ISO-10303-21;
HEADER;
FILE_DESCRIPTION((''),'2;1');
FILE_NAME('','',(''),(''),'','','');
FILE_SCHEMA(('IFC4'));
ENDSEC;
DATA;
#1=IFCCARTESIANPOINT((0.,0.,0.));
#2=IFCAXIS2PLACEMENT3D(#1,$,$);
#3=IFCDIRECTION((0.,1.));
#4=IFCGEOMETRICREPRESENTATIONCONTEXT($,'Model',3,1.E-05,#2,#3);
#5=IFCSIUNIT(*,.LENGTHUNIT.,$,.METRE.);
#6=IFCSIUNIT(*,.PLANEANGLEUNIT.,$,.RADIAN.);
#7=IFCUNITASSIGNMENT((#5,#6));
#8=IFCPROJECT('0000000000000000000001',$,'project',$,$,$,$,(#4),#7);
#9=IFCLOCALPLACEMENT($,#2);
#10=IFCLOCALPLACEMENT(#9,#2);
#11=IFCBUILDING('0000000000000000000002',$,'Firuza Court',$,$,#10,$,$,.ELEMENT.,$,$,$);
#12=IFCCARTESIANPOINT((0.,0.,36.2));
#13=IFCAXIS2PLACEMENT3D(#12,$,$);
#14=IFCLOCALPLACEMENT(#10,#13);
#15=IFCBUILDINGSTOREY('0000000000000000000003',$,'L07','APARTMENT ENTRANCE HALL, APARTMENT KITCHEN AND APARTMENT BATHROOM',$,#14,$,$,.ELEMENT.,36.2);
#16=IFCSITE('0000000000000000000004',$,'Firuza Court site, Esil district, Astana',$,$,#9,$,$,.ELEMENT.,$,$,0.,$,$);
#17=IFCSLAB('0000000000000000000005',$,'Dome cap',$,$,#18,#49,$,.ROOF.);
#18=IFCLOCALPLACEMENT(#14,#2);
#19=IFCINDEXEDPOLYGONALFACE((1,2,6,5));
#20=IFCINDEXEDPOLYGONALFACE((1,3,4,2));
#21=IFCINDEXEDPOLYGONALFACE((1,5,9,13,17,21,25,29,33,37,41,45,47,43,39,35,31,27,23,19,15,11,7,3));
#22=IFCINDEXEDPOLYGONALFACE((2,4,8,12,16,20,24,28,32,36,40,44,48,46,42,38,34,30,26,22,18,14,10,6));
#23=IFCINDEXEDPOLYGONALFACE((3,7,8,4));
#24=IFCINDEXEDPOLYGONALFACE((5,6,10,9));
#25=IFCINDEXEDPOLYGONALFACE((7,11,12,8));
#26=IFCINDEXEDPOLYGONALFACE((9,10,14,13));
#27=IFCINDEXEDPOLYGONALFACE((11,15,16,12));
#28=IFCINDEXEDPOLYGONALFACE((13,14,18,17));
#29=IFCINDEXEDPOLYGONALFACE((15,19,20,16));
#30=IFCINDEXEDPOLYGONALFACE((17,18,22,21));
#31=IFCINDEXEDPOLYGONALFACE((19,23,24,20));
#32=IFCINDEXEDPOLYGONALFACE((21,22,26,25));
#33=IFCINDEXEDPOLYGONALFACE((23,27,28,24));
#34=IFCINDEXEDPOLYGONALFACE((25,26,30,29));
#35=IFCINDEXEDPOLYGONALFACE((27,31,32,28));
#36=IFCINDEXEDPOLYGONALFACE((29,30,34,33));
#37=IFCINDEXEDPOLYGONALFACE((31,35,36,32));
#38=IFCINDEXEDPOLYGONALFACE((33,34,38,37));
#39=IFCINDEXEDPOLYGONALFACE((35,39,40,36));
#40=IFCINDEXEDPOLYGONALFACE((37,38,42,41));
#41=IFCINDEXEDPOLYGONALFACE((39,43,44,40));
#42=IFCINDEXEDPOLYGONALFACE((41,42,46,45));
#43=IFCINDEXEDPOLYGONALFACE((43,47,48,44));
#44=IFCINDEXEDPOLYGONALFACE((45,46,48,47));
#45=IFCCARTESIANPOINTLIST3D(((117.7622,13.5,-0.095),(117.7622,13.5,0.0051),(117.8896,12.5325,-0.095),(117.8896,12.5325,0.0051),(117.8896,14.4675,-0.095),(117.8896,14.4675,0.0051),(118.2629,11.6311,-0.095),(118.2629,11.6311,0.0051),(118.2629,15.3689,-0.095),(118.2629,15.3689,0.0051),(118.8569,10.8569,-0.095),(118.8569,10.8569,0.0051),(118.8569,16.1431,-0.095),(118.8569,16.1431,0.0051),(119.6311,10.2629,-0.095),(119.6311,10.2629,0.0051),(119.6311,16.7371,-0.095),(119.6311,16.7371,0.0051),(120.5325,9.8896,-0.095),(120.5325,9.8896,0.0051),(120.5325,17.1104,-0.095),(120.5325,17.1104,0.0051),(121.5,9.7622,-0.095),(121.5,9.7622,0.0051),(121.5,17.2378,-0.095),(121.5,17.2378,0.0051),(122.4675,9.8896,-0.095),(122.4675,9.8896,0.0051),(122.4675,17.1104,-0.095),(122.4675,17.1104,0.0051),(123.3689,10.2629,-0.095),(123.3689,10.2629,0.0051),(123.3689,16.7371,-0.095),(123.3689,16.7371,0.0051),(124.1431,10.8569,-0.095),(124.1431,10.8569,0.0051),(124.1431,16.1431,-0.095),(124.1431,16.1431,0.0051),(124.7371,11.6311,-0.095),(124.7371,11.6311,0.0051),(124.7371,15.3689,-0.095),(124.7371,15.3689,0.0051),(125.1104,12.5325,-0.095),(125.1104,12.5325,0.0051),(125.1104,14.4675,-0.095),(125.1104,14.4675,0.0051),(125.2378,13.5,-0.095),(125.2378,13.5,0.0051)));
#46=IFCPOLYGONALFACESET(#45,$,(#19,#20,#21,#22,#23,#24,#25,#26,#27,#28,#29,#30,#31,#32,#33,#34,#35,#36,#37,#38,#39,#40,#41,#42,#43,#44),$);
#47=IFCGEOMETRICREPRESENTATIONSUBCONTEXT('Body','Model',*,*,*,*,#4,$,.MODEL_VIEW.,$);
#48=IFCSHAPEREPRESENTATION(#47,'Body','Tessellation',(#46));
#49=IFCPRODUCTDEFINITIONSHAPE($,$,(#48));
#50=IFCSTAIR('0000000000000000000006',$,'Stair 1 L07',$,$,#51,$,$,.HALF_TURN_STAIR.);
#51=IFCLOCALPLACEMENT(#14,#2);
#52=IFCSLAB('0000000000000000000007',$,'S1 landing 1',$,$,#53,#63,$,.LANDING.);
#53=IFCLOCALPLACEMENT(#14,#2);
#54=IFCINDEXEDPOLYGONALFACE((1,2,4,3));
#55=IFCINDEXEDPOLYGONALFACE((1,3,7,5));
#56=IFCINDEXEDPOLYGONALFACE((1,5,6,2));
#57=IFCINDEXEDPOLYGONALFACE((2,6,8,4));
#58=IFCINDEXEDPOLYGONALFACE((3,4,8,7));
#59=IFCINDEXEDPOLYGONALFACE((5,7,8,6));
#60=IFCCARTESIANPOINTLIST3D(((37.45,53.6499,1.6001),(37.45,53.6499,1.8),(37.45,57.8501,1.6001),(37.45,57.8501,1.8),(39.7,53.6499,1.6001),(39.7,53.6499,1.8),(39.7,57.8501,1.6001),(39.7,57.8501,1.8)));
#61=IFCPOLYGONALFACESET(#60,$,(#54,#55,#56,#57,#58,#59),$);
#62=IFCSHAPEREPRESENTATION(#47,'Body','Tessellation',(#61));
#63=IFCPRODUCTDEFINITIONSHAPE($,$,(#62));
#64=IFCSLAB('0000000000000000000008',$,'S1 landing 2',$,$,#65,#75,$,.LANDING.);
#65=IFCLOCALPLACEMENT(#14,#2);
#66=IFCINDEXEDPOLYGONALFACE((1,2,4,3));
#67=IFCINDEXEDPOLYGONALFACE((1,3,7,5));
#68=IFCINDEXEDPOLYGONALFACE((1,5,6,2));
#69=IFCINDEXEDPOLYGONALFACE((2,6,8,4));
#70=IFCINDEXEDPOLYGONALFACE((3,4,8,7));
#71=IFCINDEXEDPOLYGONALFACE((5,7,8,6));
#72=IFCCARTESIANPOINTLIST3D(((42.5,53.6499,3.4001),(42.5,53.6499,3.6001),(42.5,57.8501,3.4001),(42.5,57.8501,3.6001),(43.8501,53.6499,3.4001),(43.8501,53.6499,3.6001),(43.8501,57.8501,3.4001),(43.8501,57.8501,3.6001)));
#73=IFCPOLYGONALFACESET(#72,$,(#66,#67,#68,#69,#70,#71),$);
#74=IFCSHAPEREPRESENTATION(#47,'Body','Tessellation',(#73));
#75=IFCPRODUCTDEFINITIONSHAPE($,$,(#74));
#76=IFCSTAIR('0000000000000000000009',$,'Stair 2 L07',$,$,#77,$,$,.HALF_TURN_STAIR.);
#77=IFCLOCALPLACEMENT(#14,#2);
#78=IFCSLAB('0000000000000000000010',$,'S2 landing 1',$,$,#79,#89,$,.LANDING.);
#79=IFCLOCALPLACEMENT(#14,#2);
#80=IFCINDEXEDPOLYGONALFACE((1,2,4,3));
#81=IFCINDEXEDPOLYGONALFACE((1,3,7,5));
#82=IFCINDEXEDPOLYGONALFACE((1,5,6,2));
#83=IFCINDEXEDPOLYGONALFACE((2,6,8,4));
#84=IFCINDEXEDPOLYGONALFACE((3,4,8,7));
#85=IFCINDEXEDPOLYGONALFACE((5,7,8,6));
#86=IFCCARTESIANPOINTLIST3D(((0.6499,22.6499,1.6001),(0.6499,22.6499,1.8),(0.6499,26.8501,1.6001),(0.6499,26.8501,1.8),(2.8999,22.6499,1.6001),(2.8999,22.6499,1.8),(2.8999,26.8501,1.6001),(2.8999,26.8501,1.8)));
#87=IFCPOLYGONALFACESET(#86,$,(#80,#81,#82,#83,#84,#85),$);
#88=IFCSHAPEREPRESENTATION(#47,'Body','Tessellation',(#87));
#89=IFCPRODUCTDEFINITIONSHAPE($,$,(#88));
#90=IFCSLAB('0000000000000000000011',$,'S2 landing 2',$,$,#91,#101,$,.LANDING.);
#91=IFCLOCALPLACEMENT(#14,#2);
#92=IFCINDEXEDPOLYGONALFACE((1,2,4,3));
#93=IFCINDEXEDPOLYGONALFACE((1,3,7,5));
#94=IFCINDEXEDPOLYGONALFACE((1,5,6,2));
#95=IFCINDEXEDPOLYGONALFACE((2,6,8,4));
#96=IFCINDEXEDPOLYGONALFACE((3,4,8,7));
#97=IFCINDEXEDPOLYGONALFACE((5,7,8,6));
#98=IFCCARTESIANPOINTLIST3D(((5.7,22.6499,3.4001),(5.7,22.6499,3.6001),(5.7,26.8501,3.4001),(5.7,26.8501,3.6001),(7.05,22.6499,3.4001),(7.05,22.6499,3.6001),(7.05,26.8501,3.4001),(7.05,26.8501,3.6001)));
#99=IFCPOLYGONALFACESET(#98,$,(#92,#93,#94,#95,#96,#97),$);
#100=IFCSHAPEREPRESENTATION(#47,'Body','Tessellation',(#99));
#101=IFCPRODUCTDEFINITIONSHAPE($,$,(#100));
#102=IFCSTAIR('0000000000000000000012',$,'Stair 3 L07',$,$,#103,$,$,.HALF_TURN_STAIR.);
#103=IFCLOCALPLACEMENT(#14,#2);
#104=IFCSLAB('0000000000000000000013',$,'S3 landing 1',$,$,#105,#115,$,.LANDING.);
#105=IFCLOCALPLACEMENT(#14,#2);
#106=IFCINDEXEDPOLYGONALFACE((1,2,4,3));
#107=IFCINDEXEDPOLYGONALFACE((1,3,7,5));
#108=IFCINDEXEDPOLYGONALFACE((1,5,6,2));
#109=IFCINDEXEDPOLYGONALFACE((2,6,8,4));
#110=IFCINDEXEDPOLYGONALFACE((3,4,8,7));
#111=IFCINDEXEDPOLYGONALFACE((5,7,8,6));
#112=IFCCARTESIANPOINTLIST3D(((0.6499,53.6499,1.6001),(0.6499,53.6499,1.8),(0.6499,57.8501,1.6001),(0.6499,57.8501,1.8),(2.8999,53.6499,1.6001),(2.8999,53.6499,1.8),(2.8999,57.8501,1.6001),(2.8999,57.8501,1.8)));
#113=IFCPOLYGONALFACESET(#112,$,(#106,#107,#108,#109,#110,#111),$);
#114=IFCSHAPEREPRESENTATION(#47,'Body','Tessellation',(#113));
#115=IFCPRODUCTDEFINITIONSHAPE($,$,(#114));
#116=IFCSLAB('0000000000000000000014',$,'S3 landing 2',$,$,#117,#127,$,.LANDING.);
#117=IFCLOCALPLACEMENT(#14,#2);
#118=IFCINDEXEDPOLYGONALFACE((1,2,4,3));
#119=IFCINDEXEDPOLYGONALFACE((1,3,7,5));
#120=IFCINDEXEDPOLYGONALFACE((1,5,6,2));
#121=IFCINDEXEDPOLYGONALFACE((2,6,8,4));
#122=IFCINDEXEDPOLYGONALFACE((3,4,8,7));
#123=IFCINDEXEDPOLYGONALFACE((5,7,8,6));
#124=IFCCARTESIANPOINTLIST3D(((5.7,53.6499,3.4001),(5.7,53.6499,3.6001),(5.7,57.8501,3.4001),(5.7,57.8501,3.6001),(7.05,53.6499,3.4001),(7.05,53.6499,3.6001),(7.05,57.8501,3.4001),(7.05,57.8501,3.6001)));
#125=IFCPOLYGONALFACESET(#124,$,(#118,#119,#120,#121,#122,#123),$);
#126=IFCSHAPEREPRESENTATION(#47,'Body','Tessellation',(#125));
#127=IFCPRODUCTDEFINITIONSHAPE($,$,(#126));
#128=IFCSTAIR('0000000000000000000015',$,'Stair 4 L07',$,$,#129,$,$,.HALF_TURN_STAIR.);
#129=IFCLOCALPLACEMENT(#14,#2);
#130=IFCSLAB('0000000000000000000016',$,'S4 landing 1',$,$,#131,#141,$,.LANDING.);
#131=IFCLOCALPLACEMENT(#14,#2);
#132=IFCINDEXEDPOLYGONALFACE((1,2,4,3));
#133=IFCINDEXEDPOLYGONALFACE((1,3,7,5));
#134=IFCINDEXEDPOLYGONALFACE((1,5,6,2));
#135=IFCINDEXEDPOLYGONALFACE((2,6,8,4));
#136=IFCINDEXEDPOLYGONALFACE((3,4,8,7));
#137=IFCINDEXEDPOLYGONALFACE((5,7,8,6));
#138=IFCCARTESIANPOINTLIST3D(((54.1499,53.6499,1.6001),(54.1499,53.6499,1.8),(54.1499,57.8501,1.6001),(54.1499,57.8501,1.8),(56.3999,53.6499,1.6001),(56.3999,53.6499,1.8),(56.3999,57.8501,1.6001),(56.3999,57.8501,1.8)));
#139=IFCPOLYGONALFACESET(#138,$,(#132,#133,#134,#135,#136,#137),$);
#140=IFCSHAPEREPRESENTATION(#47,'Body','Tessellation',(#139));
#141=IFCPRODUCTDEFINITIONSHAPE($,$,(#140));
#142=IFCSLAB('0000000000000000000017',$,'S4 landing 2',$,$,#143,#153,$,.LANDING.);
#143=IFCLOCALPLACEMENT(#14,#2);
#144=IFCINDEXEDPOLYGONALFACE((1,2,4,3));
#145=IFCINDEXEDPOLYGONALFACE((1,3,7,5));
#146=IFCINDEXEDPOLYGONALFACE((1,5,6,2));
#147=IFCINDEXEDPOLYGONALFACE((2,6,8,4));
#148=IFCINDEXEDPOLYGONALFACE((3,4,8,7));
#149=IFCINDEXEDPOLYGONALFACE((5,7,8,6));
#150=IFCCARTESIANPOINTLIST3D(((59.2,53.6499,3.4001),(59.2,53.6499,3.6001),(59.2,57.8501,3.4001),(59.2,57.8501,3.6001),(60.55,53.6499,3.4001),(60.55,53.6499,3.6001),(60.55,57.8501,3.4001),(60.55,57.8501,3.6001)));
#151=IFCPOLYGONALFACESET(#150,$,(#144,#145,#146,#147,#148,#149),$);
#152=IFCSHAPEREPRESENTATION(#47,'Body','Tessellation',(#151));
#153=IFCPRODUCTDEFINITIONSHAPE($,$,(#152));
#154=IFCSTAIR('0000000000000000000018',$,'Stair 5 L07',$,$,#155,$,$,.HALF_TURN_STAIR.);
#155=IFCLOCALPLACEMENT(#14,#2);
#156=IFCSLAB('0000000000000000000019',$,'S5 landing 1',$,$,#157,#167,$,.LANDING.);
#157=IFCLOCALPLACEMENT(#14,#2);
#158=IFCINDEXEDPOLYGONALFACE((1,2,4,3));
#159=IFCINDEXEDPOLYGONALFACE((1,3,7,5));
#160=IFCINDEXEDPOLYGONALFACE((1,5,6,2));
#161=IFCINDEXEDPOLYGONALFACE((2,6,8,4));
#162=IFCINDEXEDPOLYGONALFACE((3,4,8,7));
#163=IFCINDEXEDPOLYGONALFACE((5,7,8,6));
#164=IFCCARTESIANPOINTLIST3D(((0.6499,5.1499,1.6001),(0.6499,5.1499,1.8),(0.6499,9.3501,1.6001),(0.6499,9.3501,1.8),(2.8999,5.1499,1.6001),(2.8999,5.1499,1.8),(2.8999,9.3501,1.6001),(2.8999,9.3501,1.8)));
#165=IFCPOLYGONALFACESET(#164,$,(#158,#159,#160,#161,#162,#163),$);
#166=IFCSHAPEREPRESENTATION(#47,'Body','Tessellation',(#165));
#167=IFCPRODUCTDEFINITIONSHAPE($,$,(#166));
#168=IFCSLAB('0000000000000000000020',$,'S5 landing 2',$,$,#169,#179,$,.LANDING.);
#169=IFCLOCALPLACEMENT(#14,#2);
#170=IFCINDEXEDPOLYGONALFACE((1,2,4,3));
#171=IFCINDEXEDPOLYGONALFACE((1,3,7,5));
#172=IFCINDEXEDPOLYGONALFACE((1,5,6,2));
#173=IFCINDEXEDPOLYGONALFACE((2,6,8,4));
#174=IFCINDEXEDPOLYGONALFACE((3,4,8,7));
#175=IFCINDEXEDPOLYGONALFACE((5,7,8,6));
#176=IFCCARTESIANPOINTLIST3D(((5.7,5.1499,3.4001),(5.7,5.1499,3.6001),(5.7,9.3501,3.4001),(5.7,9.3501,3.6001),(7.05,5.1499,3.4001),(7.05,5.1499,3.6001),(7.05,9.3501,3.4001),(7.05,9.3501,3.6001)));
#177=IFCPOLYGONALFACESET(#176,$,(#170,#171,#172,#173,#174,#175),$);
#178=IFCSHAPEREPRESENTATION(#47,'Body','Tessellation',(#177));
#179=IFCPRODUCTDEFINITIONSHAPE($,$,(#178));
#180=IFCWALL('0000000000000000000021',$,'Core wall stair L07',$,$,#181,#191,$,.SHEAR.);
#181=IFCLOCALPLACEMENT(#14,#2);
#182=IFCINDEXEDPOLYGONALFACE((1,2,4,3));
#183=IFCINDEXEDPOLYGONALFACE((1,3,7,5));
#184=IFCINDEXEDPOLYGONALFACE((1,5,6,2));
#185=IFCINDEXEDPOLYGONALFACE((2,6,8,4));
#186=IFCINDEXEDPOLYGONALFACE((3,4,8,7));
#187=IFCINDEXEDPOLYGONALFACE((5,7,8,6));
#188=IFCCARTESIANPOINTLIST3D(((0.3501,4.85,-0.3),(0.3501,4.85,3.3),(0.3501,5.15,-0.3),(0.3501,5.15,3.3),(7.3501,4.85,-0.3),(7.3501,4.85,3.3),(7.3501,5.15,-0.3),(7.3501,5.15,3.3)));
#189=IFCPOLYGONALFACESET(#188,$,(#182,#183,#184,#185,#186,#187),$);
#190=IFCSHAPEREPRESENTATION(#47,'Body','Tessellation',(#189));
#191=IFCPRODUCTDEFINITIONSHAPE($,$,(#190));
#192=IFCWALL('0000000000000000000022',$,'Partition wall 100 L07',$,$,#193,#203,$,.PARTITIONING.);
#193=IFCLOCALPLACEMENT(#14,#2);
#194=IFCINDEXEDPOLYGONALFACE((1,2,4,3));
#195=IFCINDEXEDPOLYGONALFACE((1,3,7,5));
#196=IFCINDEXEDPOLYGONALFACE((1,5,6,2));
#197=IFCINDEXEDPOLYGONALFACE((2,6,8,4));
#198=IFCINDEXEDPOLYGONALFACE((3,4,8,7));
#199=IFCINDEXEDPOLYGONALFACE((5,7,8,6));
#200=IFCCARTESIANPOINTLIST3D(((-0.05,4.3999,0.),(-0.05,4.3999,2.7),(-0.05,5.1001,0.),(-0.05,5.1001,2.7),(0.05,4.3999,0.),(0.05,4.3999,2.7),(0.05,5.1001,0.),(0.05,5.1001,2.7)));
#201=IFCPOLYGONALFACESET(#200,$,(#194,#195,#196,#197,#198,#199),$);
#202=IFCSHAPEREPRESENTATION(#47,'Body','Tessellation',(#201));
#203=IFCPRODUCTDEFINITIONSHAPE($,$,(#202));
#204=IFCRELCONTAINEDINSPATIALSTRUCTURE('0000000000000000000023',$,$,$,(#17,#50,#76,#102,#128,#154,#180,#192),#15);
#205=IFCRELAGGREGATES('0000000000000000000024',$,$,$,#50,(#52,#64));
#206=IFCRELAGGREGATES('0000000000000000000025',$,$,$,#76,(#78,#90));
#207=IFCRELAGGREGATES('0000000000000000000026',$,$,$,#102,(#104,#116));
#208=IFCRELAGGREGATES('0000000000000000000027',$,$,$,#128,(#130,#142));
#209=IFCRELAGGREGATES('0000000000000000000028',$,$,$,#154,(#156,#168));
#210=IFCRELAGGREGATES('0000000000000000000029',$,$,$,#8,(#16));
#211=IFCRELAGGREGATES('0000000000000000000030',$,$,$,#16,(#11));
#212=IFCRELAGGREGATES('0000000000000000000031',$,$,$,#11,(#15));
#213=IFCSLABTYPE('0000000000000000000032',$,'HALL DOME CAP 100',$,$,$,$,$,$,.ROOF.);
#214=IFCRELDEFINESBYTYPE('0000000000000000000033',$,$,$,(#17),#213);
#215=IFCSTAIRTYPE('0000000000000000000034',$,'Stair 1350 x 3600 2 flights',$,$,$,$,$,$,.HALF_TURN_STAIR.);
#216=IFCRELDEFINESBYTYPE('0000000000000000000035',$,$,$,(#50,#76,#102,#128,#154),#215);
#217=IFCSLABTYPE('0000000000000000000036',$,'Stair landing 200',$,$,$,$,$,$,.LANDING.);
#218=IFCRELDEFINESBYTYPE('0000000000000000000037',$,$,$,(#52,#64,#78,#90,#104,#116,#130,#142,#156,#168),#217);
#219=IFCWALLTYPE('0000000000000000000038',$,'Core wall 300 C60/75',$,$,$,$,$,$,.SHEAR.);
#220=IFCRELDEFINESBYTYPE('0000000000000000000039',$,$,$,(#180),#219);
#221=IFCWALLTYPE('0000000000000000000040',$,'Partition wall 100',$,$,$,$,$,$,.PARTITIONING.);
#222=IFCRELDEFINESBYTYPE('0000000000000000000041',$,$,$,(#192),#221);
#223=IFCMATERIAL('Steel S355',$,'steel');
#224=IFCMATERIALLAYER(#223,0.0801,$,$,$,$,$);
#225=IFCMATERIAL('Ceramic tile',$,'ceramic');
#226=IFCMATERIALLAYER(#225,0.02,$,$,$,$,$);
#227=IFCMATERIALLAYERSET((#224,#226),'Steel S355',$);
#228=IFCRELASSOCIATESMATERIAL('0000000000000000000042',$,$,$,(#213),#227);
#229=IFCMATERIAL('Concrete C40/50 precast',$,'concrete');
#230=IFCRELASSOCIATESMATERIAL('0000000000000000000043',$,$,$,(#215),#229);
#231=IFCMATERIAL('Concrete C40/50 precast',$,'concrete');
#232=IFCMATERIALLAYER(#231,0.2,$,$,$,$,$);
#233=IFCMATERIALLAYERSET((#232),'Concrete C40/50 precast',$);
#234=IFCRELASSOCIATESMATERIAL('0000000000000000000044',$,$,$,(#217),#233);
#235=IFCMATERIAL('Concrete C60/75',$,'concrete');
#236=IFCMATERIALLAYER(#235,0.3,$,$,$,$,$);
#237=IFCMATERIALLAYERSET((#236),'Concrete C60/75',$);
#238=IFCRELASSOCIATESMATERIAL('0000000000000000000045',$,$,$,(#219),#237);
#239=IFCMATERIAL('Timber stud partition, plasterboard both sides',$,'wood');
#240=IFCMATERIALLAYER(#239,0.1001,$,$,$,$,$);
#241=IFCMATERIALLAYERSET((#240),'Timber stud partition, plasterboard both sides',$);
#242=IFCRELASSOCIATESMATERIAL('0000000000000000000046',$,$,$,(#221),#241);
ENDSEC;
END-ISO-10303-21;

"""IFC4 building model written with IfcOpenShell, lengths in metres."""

from ifc_helpers import new_model, si_unit, direction, frame, frame_2d, origin, place, context, subcontext, project, spatial, polyline, rectangle, outline, extrude, material, layer, layer_set, type_object, element, aggregate, save


model = new_model("IFC4")

# Units and contexts
model_context = context("Model", 3, precision=1e-05, world=origin(), true_north=direction((0.0, 1.0)))
body_context = subcontext(model_context, "Body", "Model", "MODEL_VIEW")
ifc_project = project(units=[si_unit("LENGTHUNIT", "METRE"), si_unit("PLANEANGLEUNIT", "RADIAN")], contexts=[model_context])

# Site, building, storey
site_placement = place(None, origin())
site = spatial("IfcSite", under=ifc_project, at=site_placement, Name="Firuza Court site, Esil district, Astana", CompositionType="ELEMENT", RefElevation=0.0)
building_placement = place(site_placement, origin())
building = spatial("IfcBuilding", under=site, at=building_placement, Name="Firuza Court", CompositionType="ELEMENT")
storey_placement = place(building_placement, frame((0.0, 0.0, 36.2)))
storey = spatial("IfcBuildingStorey", under=building, at=storey_placement, Name="L07", Description="APARTMENT ENTRANCE HALL, APARTMENT KITCHEN AND APARTMENT BATHROOM", CompositionType="ELEMENT", Elevation=36.2)

# Slab
ifc_material_1 = material(Name="Steel S355", Category="steel")
ifc_layer_1 = layer(ifc_material_1, 0.0801)
ifc_material_2 = material(Name="Ceramic tile", Category="ceramic")
ifc_layer_2 = layer(ifc_material_2, 0.02)
ifc_layer_set_1 = layer_set([ifc_layer_1, ifc_layer_2], Name="Steel S355")
slab_type_1 = type_object("IfcSlabType", Name="HALL DOME CAP 100", PredefinedType="ROOF", material=ifc_layer_set_1)
slab_1_placement = place(storey_placement, frame((0.0, 0.0, -0.095)))
element("IfcSlab", 1, at=slab_1_placement, inside=storey, type_object=slab_type_1, Name="Dome cap", PredefinedType="ROOF", context=body_context, shape_type="SweptSolid", body=[
    extrude(outline(polyline([(125.2378, 13.5), (125.1104, 14.4675), (124.7371, 15.3689), (124.1431, 16.1431), (123.3689, 16.7371), (122.4675, 17.1104), (121.5, 17.2378), (120.5325, 17.1104), (119.6311, 16.7371), (118.8569, 16.1431), (118.2629, 15.3689), (117.8896, 14.4675), (117.7622, 13.5), (117.8896, 12.5325), (118.2629, 11.6311), (118.8569, 10.8569), (119.6311, 10.2629), (120.5325, 9.8896), (121.5, 9.7622), (122.4675, 9.8896), (123.3689, 10.2629), (124.1431, 10.8569), (124.7371, 11.6311), (125.1104, 12.5325), (125.2378, 13.5)])), origin(), (0.0, 0.0, 1.0), 0.1001),
])

# Stairs, slabs
ifc_material_3 = material(Name="Concrete C40/50 precast", Category="concrete")
stair_type = type_object("IfcStairType", Name="Stair 1350 x 3600 2 flights", PredefinedType="HALF_TURN_STAIR", material=ifc_material_3)
stair_1_placement = place(storey_placement, origin())
stair_1 = element("IfcStair", 2, at=stair_1_placement, inside=storey, type_object=stair_type, Name="Stair 1 L07", PredefinedType="HALF_TURN_STAIR")
ifc_material_4 = material(Name="Concrete C40/50 precast", Category="concrete")
ifc_layer_3 = layer(ifc_material_4, 0.2)
ifc_layer_set_2 = layer_set([ifc_layer_3], Name="Concrete C40/50 precast")
slab_type_2 = type_object("IfcSlabType", Name="Stair landing 200", PredefinedType="LANDING", material=ifc_layer_set_2)
slab_2_placement = place(storey_placement, frame((0.0, 0.0, 1.6001)))
slab_2 = element("IfcSlab", 3, at=slab_2_placement, type_object=slab_type_2, Name="S1 landing 1", PredefinedType="LANDING", context=body_context, shape_type="SweptSolid", body=[
    extrude(outline(polyline([(39.7, 53.6499), (39.7, 57.8501), (37.45, 57.8501), (37.45, 53.6499), (39.7, 53.6499)])), origin(), (0.0, 0.0, 1.0), 0.2),
])
slab_3_placement = place(storey_placement, frame((0.0, 0.0, 3.4001)))
slab_3 = element("IfcSlab", 4, at=slab_3_placement, type_object=slab_type_2, Name="S1 landing 2", PredefinedType="LANDING", context=body_context, shape_type="SweptSolid", body=[
    extrude(outline(polyline([(43.8501, 53.6499), (43.8501, 57.8501), (42.5, 57.8501), (42.5, 53.6499), (43.8501, 53.6499)])), origin(), (0.0, 0.0, 1.0), 0.2),
])
aggregate(stair_1, [slab_2, slab_3])
stair_2_placement = place(storey_placement, origin())
stair_2 = element("IfcStair", 5, at=stair_2_placement, inside=storey, type_object=stair_type, Name="Stair 2 L07", PredefinedType="HALF_TURN_STAIR")
slab_4_placement = place(storey_placement, frame((0.0, 0.0, 1.6001)))
slab_4 = element("IfcSlab", 6, at=slab_4_placement, type_object=slab_type_2, Name="S2 landing 1", PredefinedType="LANDING", context=body_context, shape_type="SweptSolid", body=[
    extrude(outline(polyline([(2.8999, 22.6499), (2.8999, 26.8501), (0.6499, 26.8501), (0.6499, 22.6499), (2.8999, 22.6499)])), origin(), (0.0, 0.0, 1.0), 0.2),
])
slab_5_placement = place(storey_placement, frame((0.0, 0.0, 3.4001)))
slab_5 = element("IfcSlab", 7, at=slab_5_placement, type_object=slab_type_2, Name="S2 landing 2", PredefinedType="LANDING", context=body_context, shape_type="SweptSolid", body=[
    extrude(outline(polyline([(7.05, 22.6499), (7.05, 26.8501), (5.7, 26.8501), (5.7, 22.6499), (7.05, 22.6499)])), origin(), (0.0, 0.0, 1.0), 0.2),
])
aggregate(stair_2, [slab_4, slab_5])
stair_3_placement = place(storey_placement, origin())
stair_3 = element("IfcStair", 8, at=stair_3_placement, inside=storey, type_object=stair_type, Name="Stair 3 L07", PredefinedType="HALF_TURN_STAIR")
slab_6_placement = place(storey_placement, frame((0.0, 0.0, 1.6001)))
slab_6 = element("IfcSlab", 9, at=slab_6_placement, type_object=slab_type_2, Name="S3 landing 1", PredefinedType="LANDING", context=body_context, shape_type="SweptSolid", body=[
    extrude(outline(polyline([(2.8999, 53.6499), (2.8999, 57.8501), (0.6499, 57.8501), (0.6499, 53.6499), (2.8999, 53.6499)])), origin(), (0.0, 0.0, 1.0), 0.2),
])
slab_7_placement = place(storey_placement, frame((0.0, 0.0, 3.4001)))
slab_7 = element("IfcSlab", 10, at=slab_7_placement, type_object=slab_type_2, Name="S3 landing 2", PredefinedType="LANDING", context=body_context, shape_type="SweptSolid", body=[
    extrude(outline(polyline([(7.05, 53.6499), (7.05, 57.8501), (5.7, 57.8501), (5.7, 53.6499), (7.05, 53.6499)])), origin(), (0.0, 0.0, 1.0), 0.2),
])
aggregate(stair_3, [slab_6, slab_7])
stair_4_placement = place(storey_placement, origin())
stair_4 = element("IfcStair", 11, at=stair_4_placement, inside=storey, type_object=stair_type, Name="Stair 4 L07", PredefinedType="HALF_TURN_STAIR")
slab_8_placement = place(storey_placement, frame((0.0, 0.0, 1.6001)))
slab_8 = element("IfcSlab", 12, at=slab_8_placement, type_object=slab_type_2, Name="S4 landing 1", PredefinedType="LANDING", context=body_context, shape_type="SweptSolid", body=[
    extrude(outline(polyline([(56.3999, 53.6499), (56.3999, 57.8501), (54.1499, 57.8501), (54.1499, 53.6499), (56.3999, 53.6499)])), origin(), (0.0, 0.0, 1.0), 0.2),
])
slab_9_placement = place(storey_placement, frame((0.0, 0.0, 3.4001)))
slab_9 = element("IfcSlab", 13, at=slab_9_placement, type_object=slab_type_2, Name="S4 landing 2", PredefinedType="LANDING", context=body_context, shape_type="SweptSolid", body=[
    extrude(outline(polyline([(60.55, 53.6499), (60.55, 57.8501), (59.2, 57.8501), (59.2, 53.6499), (60.55, 53.6499)])), origin(), (0.0, 0.0, 1.0), 0.2),
])
aggregate(stair_4, [slab_8, slab_9])
stair_5_placement = place(storey_placement, origin())
stair_5 = element("IfcStair", 14, at=stair_5_placement, inside=storey, type_object=stair_type, Name="Stair 5 L07", PredefinedType="HALF_TURN_STAIR")
slab_10_placement = place(storey_placement, frame((0.0, 0.0, 1.6001)))
slab_10 = element("IfcSlab", 15, at=slab_10_placement, type_object=slab_type_2, Name="S5 landing 1", PredefinedType="LANDING", context=body_context, shape_type="SweptSolid", body=[
    extrude(outline(polyline([(2.8999, 5.1499), (2.8999, 9.3501), (0.6499, 9.3501), (0.6499, 5.1499), (2.8999, 5.1499)])), origin(), (0.0, 0.0, 1.0), 0.2),
])
slab_11_placement = place(storey_placement, frame((0.0, 0.0, 3.4001)))
slab_11 = element("IfcSlab", 16, at=slab_11_placement, type_object=slab_type_2, Name="S5 landing 2", PredefinedType="LANDING", context=body_context, shape_type="SweptSolid", body=[
    extrude(outline(polyline([(7.05, 5.1499), (7.05, 9.3501), (5.7, 9.3501), (5.7, 5.1499), (7.05, 5.1499)])), origin(), (0.0, 0.0, 1.0), 0.2),
])
aggregate(stair_5, [slab_10, slab_11])

# Walls
ifc_material_5 = material(Name="Concrete C60/75", Category="concrete")
ifc_layer_4 = layer(ifc_material_5, 0.3)
ifc_layer_set_3 = layer_set([ifc_layer_4], Name="Concrete C60/75")
wall_type_1 = type_object("IfcWallType", Name="Core wall 300 C60/75", PredefinedType="SHEAR", material=ifc_layer_set_3)
wall_1_placement = place(storey_placement, frame((0.3501, 5.0, -0.3), z_axis=(0.0, 0.0, 1.0), x_axis=(1.0, 0.0, 0.0)))
element("IfcWall", 17, at=wall_1_placement, inside=storey, type_object=wall_type_1, Name="Core wall stair L07", PredefinedType="SHEAR", context=body_context, shape_type="SweptSolid", body=[
    extrude(rectangle(XDim=7.0, YDim=0.3, at=frame_2d((3.5, 0.0))), origin(), (0.0, 0.0, 1.0), 3.6001),
])
ifc_material_6 = material(Name="Timber stud partition, plasterboard both sides", Category="wood")
ifc_layer_5 = layer(ifc_material_6, 0.1001)
ifc_layer_set_4 = layer_set([ifc_layer_5], Name="Timber stud partition, plasterboard both sides")
wall_type_2 = type_object("IfcWallType", Name="Partition wall 100", PredefinedType="PARTITIONING", material=ifc_layer_set_4)
wall_2_placement = place(storey_placement, frame((0.0, 4.3999, 0.0), z_axis=(0.0, 0.0, 1.0), x_axis=(0.0, 1.0, 0.0)))
element("IfcWall", 18, at=wall_2_placement, inside=storey, type_object=wall_type_2, Name="Partition wall 100 L07", PredefinedType="PARTITIONING", context=body_context, shape_type="SweptSolid", body=[
    extrude(rectangle(XDim=0.7002, YDim=0.1001, at=frame_2d((0.3501, 0.0))), origin(), (0.0, 0.0, 1.0), 2.7),
])

save(model, "model.ifc")
